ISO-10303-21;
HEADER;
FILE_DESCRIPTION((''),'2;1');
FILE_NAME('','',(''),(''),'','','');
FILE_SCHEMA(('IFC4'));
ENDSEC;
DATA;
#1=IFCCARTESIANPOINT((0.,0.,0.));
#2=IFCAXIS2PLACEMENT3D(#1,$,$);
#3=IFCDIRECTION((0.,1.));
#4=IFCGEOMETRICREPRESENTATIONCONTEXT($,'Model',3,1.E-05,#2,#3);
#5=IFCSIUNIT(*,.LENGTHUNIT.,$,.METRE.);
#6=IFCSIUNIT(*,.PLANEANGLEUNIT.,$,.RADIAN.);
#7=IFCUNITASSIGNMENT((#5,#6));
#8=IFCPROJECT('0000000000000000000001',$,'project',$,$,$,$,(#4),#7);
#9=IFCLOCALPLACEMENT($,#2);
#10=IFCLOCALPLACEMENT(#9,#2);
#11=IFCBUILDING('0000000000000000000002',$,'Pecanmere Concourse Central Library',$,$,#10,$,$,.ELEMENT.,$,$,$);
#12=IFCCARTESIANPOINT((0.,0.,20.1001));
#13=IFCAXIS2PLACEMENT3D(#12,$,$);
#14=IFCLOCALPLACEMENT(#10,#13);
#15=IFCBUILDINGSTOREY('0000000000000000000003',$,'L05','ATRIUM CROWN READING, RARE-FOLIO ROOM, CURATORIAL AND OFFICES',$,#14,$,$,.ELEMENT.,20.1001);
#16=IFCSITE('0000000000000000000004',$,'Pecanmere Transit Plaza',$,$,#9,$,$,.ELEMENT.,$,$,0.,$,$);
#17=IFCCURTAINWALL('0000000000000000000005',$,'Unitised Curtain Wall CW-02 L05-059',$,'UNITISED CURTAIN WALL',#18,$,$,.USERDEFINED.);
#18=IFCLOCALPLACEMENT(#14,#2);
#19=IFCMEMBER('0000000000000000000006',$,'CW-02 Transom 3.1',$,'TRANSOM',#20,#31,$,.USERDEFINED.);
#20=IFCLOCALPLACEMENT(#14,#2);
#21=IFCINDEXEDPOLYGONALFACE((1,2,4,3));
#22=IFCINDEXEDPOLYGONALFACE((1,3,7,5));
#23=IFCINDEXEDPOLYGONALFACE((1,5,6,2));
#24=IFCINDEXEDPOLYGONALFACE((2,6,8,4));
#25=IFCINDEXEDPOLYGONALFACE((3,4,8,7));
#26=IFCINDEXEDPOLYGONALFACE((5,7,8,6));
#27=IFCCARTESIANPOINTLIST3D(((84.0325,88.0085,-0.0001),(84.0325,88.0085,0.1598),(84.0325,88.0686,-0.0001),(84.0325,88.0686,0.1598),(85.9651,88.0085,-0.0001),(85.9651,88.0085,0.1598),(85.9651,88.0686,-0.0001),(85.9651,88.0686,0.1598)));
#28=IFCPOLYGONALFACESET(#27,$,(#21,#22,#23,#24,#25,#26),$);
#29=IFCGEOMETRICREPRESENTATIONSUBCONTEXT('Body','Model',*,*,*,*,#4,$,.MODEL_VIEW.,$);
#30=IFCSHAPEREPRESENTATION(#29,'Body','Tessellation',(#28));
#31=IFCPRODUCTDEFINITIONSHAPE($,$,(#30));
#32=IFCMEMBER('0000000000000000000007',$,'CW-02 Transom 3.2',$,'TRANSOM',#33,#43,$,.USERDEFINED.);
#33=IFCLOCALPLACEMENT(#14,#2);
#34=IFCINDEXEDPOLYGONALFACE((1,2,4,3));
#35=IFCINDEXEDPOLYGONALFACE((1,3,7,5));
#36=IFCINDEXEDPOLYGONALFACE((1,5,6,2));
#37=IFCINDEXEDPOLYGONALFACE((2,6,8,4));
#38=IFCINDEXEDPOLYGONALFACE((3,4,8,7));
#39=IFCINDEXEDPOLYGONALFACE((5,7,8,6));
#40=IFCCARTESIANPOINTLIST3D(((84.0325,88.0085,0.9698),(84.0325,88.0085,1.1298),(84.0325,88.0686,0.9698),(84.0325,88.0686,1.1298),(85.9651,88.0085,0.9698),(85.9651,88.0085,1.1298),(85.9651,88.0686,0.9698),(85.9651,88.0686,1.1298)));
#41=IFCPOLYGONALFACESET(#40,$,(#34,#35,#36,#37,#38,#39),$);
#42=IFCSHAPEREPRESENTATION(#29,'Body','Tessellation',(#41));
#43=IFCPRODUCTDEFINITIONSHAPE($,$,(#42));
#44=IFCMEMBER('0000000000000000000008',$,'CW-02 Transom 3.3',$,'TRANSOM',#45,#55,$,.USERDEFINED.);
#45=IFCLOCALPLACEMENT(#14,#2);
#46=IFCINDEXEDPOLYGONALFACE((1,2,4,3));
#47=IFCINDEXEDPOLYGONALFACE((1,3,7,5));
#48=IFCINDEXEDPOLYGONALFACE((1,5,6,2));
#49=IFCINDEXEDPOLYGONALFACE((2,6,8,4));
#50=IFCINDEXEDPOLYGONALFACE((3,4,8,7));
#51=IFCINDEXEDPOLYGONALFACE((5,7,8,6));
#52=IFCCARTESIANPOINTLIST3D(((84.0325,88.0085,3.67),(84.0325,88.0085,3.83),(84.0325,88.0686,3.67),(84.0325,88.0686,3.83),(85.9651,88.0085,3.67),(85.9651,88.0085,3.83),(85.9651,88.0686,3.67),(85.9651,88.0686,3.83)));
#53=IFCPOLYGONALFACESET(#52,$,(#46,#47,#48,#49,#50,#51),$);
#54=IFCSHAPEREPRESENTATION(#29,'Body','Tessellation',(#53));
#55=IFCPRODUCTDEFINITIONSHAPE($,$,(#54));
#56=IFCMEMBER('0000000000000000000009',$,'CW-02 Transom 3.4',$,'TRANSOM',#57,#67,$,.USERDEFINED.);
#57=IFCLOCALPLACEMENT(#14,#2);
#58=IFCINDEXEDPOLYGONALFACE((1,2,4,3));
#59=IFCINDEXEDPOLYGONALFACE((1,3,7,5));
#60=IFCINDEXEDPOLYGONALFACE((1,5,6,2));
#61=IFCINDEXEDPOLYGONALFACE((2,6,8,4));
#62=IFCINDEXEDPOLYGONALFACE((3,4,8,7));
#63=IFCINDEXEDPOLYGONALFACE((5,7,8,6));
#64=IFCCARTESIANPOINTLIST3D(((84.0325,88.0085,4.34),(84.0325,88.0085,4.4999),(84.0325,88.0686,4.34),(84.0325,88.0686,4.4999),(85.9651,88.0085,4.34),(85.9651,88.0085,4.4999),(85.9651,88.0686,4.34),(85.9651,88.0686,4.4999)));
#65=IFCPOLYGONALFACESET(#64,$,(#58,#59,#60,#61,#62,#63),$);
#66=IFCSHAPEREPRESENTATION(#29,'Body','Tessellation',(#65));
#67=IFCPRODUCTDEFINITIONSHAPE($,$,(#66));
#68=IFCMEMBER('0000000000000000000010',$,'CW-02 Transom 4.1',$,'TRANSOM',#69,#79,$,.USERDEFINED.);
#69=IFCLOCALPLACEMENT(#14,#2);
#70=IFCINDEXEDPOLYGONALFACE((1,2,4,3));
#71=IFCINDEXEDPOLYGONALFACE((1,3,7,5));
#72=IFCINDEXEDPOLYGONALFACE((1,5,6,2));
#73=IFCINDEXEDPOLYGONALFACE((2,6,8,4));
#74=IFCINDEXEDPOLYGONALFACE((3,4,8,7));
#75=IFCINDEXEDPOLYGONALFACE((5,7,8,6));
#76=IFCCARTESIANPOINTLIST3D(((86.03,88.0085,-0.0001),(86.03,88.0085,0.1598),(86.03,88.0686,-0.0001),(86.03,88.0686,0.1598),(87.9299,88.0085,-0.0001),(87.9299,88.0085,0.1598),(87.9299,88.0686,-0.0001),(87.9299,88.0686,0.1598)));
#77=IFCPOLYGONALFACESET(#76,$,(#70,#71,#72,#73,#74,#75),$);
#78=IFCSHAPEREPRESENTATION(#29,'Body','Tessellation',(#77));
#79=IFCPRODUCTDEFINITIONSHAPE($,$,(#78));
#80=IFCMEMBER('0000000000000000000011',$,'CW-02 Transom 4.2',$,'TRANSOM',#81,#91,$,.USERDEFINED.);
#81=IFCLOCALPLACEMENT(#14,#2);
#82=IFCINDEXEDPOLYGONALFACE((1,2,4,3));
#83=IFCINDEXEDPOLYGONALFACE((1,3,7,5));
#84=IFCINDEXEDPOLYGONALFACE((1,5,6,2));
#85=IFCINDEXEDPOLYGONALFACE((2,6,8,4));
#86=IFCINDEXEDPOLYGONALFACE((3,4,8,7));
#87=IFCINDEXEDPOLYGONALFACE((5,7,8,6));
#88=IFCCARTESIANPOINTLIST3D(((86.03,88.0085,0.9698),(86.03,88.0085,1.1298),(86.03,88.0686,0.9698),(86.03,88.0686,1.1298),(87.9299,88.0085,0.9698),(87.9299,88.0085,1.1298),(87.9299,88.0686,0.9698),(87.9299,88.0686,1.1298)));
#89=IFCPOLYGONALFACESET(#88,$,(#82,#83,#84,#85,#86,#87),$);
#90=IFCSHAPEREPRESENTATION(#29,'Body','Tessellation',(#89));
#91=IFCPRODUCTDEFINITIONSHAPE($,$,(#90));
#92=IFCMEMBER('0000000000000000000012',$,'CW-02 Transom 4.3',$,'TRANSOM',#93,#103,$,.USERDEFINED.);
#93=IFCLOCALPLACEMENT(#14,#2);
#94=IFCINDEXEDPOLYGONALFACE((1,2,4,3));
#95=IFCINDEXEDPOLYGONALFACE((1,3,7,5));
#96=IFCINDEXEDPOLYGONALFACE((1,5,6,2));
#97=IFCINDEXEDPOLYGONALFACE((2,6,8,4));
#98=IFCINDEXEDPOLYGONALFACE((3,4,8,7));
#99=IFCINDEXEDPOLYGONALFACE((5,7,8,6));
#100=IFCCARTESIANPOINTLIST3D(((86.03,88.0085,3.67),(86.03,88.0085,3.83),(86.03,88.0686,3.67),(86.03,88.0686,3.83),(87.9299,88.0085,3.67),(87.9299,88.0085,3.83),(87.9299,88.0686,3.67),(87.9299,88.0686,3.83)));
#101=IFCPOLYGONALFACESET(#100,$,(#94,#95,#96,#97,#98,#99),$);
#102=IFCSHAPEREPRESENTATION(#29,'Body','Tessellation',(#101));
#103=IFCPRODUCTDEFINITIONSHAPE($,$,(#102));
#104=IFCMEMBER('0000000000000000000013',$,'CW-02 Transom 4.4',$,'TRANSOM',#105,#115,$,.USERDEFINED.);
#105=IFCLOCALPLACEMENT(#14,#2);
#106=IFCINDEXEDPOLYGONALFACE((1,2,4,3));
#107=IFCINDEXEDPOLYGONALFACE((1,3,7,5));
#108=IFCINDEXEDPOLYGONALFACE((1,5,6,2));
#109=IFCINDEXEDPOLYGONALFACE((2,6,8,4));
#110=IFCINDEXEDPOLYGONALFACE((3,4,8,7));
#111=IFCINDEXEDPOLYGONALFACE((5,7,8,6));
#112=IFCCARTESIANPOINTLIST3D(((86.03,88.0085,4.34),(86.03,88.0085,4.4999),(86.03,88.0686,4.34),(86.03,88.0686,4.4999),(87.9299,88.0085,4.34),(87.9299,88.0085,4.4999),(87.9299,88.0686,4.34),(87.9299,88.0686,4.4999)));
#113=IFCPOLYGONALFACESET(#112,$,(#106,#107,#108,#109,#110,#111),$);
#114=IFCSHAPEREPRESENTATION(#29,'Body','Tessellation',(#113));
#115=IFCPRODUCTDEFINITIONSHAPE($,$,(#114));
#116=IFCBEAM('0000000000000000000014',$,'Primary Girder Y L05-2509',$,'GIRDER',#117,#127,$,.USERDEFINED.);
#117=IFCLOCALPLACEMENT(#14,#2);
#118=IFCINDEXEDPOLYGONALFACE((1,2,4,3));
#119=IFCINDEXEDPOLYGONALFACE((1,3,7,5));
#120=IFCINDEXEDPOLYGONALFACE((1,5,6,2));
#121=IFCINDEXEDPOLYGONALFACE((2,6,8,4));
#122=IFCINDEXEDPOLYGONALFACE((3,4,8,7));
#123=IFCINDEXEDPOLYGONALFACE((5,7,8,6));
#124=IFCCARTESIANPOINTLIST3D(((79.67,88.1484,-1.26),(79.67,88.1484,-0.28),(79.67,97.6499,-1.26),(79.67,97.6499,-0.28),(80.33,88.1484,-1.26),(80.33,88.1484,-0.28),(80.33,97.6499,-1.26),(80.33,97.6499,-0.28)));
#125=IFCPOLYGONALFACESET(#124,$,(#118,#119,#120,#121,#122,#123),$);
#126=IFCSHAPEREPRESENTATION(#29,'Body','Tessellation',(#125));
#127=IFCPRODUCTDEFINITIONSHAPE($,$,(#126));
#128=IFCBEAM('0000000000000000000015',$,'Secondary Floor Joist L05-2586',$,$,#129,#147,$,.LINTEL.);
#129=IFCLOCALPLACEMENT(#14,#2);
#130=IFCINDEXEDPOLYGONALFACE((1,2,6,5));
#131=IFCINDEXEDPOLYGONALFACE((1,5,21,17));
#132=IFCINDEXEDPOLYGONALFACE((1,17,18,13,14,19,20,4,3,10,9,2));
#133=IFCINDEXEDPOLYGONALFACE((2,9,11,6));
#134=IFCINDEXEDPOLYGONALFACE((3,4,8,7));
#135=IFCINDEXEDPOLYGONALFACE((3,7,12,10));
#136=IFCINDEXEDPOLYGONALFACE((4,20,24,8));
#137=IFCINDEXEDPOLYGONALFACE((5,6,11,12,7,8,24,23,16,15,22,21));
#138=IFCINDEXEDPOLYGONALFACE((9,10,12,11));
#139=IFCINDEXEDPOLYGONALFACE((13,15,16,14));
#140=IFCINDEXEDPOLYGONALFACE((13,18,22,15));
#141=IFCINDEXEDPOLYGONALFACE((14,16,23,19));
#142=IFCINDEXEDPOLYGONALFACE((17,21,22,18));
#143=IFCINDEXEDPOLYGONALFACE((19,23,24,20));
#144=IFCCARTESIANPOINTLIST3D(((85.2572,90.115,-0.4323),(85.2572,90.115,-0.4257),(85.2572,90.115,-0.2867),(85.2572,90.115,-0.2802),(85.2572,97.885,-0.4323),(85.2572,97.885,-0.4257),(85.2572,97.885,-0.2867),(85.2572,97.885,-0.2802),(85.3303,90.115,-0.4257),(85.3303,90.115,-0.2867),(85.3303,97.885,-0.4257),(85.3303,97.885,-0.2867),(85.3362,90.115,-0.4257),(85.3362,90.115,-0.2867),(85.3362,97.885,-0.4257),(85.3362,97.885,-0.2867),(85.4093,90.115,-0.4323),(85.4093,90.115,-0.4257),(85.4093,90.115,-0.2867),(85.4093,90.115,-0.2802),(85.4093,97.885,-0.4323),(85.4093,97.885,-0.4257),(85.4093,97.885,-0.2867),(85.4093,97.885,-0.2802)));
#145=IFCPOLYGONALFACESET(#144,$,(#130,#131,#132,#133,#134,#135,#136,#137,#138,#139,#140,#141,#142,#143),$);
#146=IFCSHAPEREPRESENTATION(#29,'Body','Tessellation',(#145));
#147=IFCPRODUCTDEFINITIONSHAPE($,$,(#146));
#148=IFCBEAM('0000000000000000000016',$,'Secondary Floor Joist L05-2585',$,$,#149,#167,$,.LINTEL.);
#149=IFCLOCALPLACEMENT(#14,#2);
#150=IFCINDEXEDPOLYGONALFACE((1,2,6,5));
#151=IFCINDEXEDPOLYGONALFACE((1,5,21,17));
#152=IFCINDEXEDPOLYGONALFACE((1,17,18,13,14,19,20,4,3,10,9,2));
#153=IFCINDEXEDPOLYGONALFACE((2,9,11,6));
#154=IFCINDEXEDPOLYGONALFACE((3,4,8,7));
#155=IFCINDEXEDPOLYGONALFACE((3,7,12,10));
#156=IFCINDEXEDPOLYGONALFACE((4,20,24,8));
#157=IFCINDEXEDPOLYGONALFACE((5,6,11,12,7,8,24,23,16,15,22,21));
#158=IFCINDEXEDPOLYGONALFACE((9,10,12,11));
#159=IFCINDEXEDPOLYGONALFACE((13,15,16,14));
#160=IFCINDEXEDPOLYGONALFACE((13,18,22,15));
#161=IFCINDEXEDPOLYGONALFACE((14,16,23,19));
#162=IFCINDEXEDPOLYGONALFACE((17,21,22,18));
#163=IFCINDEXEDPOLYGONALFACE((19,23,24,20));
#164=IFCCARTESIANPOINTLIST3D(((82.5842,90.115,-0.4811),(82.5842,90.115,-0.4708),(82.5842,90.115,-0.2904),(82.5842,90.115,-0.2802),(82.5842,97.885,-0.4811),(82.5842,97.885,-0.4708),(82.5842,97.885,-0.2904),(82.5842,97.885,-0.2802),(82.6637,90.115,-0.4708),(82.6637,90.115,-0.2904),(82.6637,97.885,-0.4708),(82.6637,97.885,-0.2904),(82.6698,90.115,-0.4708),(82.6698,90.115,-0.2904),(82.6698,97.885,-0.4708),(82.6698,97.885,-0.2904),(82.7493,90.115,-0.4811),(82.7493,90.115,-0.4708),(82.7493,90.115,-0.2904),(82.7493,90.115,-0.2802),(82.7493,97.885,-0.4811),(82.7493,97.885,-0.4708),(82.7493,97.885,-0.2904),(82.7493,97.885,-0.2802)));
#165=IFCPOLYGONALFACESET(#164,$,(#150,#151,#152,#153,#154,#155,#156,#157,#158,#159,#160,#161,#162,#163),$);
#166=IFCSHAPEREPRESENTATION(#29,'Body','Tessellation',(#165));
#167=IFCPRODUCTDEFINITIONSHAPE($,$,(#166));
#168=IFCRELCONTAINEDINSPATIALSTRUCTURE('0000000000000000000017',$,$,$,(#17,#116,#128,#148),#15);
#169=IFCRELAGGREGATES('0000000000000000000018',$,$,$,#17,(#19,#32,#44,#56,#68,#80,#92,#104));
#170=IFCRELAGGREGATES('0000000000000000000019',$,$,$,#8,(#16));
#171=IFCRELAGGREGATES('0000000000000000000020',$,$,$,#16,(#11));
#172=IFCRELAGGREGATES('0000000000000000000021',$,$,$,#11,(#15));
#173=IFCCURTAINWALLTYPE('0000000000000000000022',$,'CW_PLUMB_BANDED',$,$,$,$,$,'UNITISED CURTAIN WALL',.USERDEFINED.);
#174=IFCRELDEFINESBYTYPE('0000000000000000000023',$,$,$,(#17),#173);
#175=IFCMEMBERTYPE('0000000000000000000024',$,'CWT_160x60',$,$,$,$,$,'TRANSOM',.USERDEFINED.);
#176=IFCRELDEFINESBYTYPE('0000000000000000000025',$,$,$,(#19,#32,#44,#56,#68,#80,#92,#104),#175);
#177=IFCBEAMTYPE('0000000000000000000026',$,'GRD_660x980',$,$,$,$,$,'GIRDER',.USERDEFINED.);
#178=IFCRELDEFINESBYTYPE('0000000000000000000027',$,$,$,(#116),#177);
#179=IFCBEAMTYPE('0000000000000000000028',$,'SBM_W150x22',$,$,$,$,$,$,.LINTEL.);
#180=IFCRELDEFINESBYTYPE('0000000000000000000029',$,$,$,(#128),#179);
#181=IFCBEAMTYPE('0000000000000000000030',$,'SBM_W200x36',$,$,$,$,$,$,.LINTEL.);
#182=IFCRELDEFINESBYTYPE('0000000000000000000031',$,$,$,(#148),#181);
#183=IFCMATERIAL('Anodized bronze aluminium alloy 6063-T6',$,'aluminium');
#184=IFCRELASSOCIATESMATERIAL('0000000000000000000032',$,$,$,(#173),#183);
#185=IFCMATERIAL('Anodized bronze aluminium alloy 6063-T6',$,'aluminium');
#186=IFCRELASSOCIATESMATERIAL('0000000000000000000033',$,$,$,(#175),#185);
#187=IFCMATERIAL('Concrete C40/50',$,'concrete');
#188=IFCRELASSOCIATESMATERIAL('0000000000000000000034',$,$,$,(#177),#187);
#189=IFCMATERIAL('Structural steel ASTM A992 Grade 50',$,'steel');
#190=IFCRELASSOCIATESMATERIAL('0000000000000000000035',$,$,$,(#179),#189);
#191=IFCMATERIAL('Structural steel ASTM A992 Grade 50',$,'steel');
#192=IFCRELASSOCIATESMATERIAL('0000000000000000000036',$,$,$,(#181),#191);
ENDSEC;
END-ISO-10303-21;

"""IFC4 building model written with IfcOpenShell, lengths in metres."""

from ifc_helpers import new_model, si_unit, direction, frame, origin, origin_2d, place, context, subcontext, project, spatial, rectangle, i_section, extrude, material, material_profile, profile_set, type_object, element, aggregate, save


model = new_model("IFC4")

# Units and contexts
model_context = context("Model", 3, precision=1e-05, world=origin(), true_north=direction((0.0, 1.0)))
body_context = subcontext(model_context, "Body", "Model", "MODEL_VIEW")
ifc_project = project(units=[si_unit("LENGTHUNIT", "METRE"), si_unit("PLANEANGLEUNIT", "RADIAN")], contexts=[model_context])

# Site, building, storey
site_placement = place(None, origin())
site = spatial("IfcSite", under=ifc_project, at=site_placement, Name="Pecanmere Transit Plaza", CompositionType="ELEMENT", RefElevation=0.0)
building_placement = place(site_placement, origin())
building = spatial("IfcBuilding", under=site, at=building_placement, Name="Pecanmere Concourse Central Library", CompositionType="ELEMENT")
storey_placement = place(building_placement, frame((0.0, 0.0, 20.1001)))
storey = spatial("IfcBuildingStorey", under=building, at=storey_placement, Name="L05", Description="ATRIUM CROWN READING, RARE-FOLIO ROOM, CURATORIAL AND OFFICES", CompositionType="ELEMENT", Elevation=20.1001)

# Shared definitions
ifc_material_1 = material(Name="Anodized bronze aluminium alloy 6063-T6", Category="aluminium")
curtain_wall_type = type_object("IfcCurtainWallType", Name="CW_PLUMB_BANDED", ElementType="UNITISED CURTAIN WALL", PredefinedType="USERDEFINED", material=ifc_material_1)

# Curtain wall, members
curtain_wall_1_placement = place(storey_placement, origin())
curtain_wall_1 = element("IfcCurtainWall", 1, at=curtain_wall_1_placement, inside=storey, type_object=curtain_wall_type, Name="Unitised Curtain Wall CW-02 L05-059", ObjectType="UNITISED CURTAIN WALL", PredefinedType="USERDEFINED")
ifc_material_2 = material(Name="Anodized bronze aluminium alloy 6063-T6", Category="aluminium")
ifc_material_profile_1 = material_profile(ifc_material_2, rectangle(XDim=0.0601, YDim=0.1599, at=origin_2d()), Name="AL 60x160")
ifc_profile_set_1 = profile_set([ifc_material_profile_1], Name="Anodized bronze aluminium alloy 6063-T6")
member_type_1 = type_object("IfcMemberType", Name="CWT_160x60", ElementType="TRANSOM", PredefinedType="USERDEFINED", material=ifc_profile_set_1)
member_1_placement = place(storey_placement, frame((84.0325, 88.0386, 0.0798), z_axis=(1.0, 0.0, 0.0), x_axis=(0.0, 1.0, 0.0)))
member_1 = element("IfcMember", 2, at=member_1_placement, type_object=member_type_1, Name="CW-02 Transom 3.1", ObjectType="TRANSOM", PredefinedType="USERDEFINED", context=body_context, shape_type="SweptSolid", body=[
    extrude(rectangle(XDim=0.0601, YDim=0.1599, at=origin_2d()), origin(), (0.0, 0.0, 1.0), 1.9326),
])
member_2_placement = place(storey_placement, frame((84.0325, 88.0386, 1.0498), z_axis=(1.0, 0.0, 0.0), x_axis=(0.0, 1.0, 0.0)))
member_2 = element("IfcMember", 3, at=member_2_placement, type_object=member_type_1, Name="CW-02 Transom 3.2", ObjectType="TRANSOM", PredefinedType="USERDEFINED", context=body_context, shape_type="SweptSolid", body=[
    extrude(rectangle(XDim=0.0601, YDim=0.1599, at=origin_2d()), origin(), (0.0, 0.0, 1.0), 1.9326),
])
member_3_placement = place(storey_placement, frame((84.0325, 88.0386, 3.75), z_axis=(1.0, 0.0, 0.0), x_axis=(0.0, 1.0, 0.0)))
member_3 = element("IfcMember", 4, at=member_3_placement, type_object=member_type_1, Name="CW-02 Transom 3.3", ObjectType="TRANSOM", PredefinedType="USERDEFINED", context=body_context, shape_type="SweptSolid", body=[
    extrude(rectangle(XDim=0.0601, YDim=0.1599, at=origin_2d()), origin(), (0.0, 0.0, 1.0), 1.9326),
])
member_4_placement = place(storey_placement, frame((84.0325, 88.0386, 4.4199), z_axis=(1.0, 0.0, 0.0), x_axis=(0.0, 1.0, 0.0)))
member_4 = element("IfcMember", 5, at=member_4_placement, type_object=member_type_1, Name="CW-02 Transom 3.4", ObjectType="TRANSOM", PredefinedType="USERDEFINED", context=body_context, shape_type="SweptSolid", body=[
    extrude(rectangle(XDim=0.0601, YDim=0.1599, at=origin_2d()), origin(), (0.0, 0.0, 1.0), 1.9326),
])
member_5_placement = place(storey_placement, frame((86.03, 88.0386, 0.0798), z_axis=(1.0, 0.0, 0.0), x_axis=(0.0, 1.0, 0.0)))
member_5 = element("IfcMember", 6, at=member_5_placement, type_object=member_type_1, Name="CW-02 Transom 4.1", ObjectType="TRANSOM", PredefinedType="USERDEFINED", context=body_context, shape_type="SweptSolid", body=[
    extrude(rectangle(XDim=0.0601, YDim=0.1599, at=origin_2d()), origin(), (0.0, 0.0, 1.0), 1.8999),
])
member_6_placement = place(storey_placement, frame((86.03, 88.0386, 1.0498), z_axis=(1.0, 0.0, 0.0), x_axis=(0.0, 1.0, 0.0)))
member_6 = element("IfcMember", 7, at=member_6_placement, type_object=member_type_1, Name="CW-02 Transom 4.2", ObjectType="TRANSOM", PredefinedType="USERDEFINED", context=body_context, shape_type="SweptSolid", body=[
    extrude(rectangle(XDim=0.0601, YDim=0.1599, at=origin_2d()), origin(), (0.0, 0.0, 1.0), 1.8999),
])
member_7_placement = place(storey_placement, frame((86.03, 88.0386, 3.75), z_axis=(1.0, 0.0, 0.0), x_axis=(0.0, 1.0, 0.0)))
member_7 = element("IfcMember", 8, at=member_7_placement, type_object=member_type_1, Name="CW-02 Transom 4.3", ObjectType="TRANSOM", PredefinedType="USERDEFINED", context=body_context, shape_type="SweptSolid", body=[
    extrude(rectangle(XDim=0.0601, YDim=0.1599, at=origin_2d()), origin(), (0.0, 0.0, 1.0), 1.8999),
])
member_8_placement = place(storey_placement, frame((86.03, 88.0386, 4.4199), z_axis=(1.0, 0.0, 0.0), x_axis=(0.0, 1.0, 0.0)))
member_8 = element("IfcMember", 9, at=member_8_placement, type_object=member_type_1, Name="CW-02 Transom 4.4", ObjectType="TRANSOM", PredefinedType="USERDEFINED", context=body_context, shape_type="SweptSolid", body=[
    extrude(rectangle(XDim=0.0601, YDim=0.1599, at=origin_2d()), origin(), (0.0, 0.0, 1.0), 1.8999),
])

# Beams
ifc_material_3 = material(Name="Concrete C40/50", Category="concrete")
ifc_material_profile_2 = material_profile(ifc_material_3, rectangle(XDim=0.6599, YDim=0.98, at=origin_2d()), Name="RC 660x980")
ifc_profile_set_2 = profile_set([ifc_material_profile_2], Name="Concrete C40/50")
beam_type_1 = type_object("IfcBeamType", Name="GRD_660x980", ElementType="GIRDER", PredefinedType="USERDEFINED", material=ifc_profile_set_2)
beam_1_placement = place(storey_placement, frame((80.0, 88.1484, -0.77), z_axis=(0.0, 1.0, 0.0), x_axis=(-1.0, 0.0, 0.0)))
element("IfcBeam", 10, at=beam_1_placement, inside=storey, type_object=beam_type_1, Name="Primary Girder Y L05-2509", ObjectType="GIRDER", PredefinedType="USERDEFINED", context=body_context, shape_type="SweptSolid", body=[
    extrude(rectangle(XDim=0.6599, YDim=0.98, at=origin_2d()), origin(), (0.0, 0.0, 1.0), 9.5015),
])
ifc_material_4 = material(Name="Structural steel ASTM A992 Grade 50", Category="steel")
ifc_material_profile_3 = material_profile(ifc_material_4, i_section(OverallWidth=0.1521, OverallDepth=0.1521, WebThickness=0.0059, FlangeThickness=0.0066, at=origin_2d()), Name="W150x22.5")
ifc_profile_set_3 = profile_set([ifc_material_profile_3], Name="Structural steel ASTM A992 Grade 50")
beam_type_2 = type_object("IfcBeamType", Name="SBM_W150x22", PredefinedType="LINTEL", material=ifc_profile_set_3)
beam_2_placement = place(storey_placement, frame((85.3333, 90.115, -0.3562), z_axis=(0.0, 1.0, 0.0), x_axis=(-1.0, 0.0, 0.0)))
element("IfcBeam", 11, at=beam_2_placement, inside=storey, type_object=beam_type_2, Name="Secondary Floor Joist L05-2586", PredefinedType="LINTEL", context=body_context, shape_type="SweptSolid", body=[
    extrude(i_section(OverallWidth=0.1521, OverallDepth=0.1521, WebThickness=0.0059, FlangeThickness=0.0066, at=origin_2d()), origin(), (0.0, 0.0, 1.0), 7.77),
])
ifc_material_5 = material(Name="Structural steel ASTM A992 Grade 50", Category="steel")
ifc_material_profile_4 = material_profile(ifc_material_5, i_section(OverallWidth=0.165, OverallDepth=0.2009, WebThickness=0.0061, FlangeThickness=0.0103, at=origin_2d()), Name="W200x35.9")
ifc_profile_set_4 = profile_set([ifc_material_profile_4], Name="Structural steel ASTM A992 Grade 50")
beam_type_3 = type_object("IfcBeamType", Name="SBM_W200x36", PredefinedType="LINTEL", material=ifc_profile_set_4)
beam_3_placement = place(storey_placement, frame((82.6667, 90.115, -0.3806), z_axis=(0.0, 1.0, 0.0), x_axis=(-1.0, 0.0, 0.0)))
element("IfcBeam", 12, at=beam_3_placement, inside=storey, type_object=beam_type_3, Name="Secondary Floor Joist L05-2585", PredefinedType="LINTEL", context=body_context, shape_type="SweptSolid", body=[
    extrude(i_section(OverallWidth=0.165, OverallDepth=0.2009, WebThickness=0.0061, FlangeThickness=0.0103, at=origin_2d()), origin(), (0.0, 0.0, 1.0), 7.77),
])

aggregate(curtain_wall_1, [member_1, member_2, member_3, member_4, member_5, member_6, member_7, member_8])

save(model, "model.ifc")
